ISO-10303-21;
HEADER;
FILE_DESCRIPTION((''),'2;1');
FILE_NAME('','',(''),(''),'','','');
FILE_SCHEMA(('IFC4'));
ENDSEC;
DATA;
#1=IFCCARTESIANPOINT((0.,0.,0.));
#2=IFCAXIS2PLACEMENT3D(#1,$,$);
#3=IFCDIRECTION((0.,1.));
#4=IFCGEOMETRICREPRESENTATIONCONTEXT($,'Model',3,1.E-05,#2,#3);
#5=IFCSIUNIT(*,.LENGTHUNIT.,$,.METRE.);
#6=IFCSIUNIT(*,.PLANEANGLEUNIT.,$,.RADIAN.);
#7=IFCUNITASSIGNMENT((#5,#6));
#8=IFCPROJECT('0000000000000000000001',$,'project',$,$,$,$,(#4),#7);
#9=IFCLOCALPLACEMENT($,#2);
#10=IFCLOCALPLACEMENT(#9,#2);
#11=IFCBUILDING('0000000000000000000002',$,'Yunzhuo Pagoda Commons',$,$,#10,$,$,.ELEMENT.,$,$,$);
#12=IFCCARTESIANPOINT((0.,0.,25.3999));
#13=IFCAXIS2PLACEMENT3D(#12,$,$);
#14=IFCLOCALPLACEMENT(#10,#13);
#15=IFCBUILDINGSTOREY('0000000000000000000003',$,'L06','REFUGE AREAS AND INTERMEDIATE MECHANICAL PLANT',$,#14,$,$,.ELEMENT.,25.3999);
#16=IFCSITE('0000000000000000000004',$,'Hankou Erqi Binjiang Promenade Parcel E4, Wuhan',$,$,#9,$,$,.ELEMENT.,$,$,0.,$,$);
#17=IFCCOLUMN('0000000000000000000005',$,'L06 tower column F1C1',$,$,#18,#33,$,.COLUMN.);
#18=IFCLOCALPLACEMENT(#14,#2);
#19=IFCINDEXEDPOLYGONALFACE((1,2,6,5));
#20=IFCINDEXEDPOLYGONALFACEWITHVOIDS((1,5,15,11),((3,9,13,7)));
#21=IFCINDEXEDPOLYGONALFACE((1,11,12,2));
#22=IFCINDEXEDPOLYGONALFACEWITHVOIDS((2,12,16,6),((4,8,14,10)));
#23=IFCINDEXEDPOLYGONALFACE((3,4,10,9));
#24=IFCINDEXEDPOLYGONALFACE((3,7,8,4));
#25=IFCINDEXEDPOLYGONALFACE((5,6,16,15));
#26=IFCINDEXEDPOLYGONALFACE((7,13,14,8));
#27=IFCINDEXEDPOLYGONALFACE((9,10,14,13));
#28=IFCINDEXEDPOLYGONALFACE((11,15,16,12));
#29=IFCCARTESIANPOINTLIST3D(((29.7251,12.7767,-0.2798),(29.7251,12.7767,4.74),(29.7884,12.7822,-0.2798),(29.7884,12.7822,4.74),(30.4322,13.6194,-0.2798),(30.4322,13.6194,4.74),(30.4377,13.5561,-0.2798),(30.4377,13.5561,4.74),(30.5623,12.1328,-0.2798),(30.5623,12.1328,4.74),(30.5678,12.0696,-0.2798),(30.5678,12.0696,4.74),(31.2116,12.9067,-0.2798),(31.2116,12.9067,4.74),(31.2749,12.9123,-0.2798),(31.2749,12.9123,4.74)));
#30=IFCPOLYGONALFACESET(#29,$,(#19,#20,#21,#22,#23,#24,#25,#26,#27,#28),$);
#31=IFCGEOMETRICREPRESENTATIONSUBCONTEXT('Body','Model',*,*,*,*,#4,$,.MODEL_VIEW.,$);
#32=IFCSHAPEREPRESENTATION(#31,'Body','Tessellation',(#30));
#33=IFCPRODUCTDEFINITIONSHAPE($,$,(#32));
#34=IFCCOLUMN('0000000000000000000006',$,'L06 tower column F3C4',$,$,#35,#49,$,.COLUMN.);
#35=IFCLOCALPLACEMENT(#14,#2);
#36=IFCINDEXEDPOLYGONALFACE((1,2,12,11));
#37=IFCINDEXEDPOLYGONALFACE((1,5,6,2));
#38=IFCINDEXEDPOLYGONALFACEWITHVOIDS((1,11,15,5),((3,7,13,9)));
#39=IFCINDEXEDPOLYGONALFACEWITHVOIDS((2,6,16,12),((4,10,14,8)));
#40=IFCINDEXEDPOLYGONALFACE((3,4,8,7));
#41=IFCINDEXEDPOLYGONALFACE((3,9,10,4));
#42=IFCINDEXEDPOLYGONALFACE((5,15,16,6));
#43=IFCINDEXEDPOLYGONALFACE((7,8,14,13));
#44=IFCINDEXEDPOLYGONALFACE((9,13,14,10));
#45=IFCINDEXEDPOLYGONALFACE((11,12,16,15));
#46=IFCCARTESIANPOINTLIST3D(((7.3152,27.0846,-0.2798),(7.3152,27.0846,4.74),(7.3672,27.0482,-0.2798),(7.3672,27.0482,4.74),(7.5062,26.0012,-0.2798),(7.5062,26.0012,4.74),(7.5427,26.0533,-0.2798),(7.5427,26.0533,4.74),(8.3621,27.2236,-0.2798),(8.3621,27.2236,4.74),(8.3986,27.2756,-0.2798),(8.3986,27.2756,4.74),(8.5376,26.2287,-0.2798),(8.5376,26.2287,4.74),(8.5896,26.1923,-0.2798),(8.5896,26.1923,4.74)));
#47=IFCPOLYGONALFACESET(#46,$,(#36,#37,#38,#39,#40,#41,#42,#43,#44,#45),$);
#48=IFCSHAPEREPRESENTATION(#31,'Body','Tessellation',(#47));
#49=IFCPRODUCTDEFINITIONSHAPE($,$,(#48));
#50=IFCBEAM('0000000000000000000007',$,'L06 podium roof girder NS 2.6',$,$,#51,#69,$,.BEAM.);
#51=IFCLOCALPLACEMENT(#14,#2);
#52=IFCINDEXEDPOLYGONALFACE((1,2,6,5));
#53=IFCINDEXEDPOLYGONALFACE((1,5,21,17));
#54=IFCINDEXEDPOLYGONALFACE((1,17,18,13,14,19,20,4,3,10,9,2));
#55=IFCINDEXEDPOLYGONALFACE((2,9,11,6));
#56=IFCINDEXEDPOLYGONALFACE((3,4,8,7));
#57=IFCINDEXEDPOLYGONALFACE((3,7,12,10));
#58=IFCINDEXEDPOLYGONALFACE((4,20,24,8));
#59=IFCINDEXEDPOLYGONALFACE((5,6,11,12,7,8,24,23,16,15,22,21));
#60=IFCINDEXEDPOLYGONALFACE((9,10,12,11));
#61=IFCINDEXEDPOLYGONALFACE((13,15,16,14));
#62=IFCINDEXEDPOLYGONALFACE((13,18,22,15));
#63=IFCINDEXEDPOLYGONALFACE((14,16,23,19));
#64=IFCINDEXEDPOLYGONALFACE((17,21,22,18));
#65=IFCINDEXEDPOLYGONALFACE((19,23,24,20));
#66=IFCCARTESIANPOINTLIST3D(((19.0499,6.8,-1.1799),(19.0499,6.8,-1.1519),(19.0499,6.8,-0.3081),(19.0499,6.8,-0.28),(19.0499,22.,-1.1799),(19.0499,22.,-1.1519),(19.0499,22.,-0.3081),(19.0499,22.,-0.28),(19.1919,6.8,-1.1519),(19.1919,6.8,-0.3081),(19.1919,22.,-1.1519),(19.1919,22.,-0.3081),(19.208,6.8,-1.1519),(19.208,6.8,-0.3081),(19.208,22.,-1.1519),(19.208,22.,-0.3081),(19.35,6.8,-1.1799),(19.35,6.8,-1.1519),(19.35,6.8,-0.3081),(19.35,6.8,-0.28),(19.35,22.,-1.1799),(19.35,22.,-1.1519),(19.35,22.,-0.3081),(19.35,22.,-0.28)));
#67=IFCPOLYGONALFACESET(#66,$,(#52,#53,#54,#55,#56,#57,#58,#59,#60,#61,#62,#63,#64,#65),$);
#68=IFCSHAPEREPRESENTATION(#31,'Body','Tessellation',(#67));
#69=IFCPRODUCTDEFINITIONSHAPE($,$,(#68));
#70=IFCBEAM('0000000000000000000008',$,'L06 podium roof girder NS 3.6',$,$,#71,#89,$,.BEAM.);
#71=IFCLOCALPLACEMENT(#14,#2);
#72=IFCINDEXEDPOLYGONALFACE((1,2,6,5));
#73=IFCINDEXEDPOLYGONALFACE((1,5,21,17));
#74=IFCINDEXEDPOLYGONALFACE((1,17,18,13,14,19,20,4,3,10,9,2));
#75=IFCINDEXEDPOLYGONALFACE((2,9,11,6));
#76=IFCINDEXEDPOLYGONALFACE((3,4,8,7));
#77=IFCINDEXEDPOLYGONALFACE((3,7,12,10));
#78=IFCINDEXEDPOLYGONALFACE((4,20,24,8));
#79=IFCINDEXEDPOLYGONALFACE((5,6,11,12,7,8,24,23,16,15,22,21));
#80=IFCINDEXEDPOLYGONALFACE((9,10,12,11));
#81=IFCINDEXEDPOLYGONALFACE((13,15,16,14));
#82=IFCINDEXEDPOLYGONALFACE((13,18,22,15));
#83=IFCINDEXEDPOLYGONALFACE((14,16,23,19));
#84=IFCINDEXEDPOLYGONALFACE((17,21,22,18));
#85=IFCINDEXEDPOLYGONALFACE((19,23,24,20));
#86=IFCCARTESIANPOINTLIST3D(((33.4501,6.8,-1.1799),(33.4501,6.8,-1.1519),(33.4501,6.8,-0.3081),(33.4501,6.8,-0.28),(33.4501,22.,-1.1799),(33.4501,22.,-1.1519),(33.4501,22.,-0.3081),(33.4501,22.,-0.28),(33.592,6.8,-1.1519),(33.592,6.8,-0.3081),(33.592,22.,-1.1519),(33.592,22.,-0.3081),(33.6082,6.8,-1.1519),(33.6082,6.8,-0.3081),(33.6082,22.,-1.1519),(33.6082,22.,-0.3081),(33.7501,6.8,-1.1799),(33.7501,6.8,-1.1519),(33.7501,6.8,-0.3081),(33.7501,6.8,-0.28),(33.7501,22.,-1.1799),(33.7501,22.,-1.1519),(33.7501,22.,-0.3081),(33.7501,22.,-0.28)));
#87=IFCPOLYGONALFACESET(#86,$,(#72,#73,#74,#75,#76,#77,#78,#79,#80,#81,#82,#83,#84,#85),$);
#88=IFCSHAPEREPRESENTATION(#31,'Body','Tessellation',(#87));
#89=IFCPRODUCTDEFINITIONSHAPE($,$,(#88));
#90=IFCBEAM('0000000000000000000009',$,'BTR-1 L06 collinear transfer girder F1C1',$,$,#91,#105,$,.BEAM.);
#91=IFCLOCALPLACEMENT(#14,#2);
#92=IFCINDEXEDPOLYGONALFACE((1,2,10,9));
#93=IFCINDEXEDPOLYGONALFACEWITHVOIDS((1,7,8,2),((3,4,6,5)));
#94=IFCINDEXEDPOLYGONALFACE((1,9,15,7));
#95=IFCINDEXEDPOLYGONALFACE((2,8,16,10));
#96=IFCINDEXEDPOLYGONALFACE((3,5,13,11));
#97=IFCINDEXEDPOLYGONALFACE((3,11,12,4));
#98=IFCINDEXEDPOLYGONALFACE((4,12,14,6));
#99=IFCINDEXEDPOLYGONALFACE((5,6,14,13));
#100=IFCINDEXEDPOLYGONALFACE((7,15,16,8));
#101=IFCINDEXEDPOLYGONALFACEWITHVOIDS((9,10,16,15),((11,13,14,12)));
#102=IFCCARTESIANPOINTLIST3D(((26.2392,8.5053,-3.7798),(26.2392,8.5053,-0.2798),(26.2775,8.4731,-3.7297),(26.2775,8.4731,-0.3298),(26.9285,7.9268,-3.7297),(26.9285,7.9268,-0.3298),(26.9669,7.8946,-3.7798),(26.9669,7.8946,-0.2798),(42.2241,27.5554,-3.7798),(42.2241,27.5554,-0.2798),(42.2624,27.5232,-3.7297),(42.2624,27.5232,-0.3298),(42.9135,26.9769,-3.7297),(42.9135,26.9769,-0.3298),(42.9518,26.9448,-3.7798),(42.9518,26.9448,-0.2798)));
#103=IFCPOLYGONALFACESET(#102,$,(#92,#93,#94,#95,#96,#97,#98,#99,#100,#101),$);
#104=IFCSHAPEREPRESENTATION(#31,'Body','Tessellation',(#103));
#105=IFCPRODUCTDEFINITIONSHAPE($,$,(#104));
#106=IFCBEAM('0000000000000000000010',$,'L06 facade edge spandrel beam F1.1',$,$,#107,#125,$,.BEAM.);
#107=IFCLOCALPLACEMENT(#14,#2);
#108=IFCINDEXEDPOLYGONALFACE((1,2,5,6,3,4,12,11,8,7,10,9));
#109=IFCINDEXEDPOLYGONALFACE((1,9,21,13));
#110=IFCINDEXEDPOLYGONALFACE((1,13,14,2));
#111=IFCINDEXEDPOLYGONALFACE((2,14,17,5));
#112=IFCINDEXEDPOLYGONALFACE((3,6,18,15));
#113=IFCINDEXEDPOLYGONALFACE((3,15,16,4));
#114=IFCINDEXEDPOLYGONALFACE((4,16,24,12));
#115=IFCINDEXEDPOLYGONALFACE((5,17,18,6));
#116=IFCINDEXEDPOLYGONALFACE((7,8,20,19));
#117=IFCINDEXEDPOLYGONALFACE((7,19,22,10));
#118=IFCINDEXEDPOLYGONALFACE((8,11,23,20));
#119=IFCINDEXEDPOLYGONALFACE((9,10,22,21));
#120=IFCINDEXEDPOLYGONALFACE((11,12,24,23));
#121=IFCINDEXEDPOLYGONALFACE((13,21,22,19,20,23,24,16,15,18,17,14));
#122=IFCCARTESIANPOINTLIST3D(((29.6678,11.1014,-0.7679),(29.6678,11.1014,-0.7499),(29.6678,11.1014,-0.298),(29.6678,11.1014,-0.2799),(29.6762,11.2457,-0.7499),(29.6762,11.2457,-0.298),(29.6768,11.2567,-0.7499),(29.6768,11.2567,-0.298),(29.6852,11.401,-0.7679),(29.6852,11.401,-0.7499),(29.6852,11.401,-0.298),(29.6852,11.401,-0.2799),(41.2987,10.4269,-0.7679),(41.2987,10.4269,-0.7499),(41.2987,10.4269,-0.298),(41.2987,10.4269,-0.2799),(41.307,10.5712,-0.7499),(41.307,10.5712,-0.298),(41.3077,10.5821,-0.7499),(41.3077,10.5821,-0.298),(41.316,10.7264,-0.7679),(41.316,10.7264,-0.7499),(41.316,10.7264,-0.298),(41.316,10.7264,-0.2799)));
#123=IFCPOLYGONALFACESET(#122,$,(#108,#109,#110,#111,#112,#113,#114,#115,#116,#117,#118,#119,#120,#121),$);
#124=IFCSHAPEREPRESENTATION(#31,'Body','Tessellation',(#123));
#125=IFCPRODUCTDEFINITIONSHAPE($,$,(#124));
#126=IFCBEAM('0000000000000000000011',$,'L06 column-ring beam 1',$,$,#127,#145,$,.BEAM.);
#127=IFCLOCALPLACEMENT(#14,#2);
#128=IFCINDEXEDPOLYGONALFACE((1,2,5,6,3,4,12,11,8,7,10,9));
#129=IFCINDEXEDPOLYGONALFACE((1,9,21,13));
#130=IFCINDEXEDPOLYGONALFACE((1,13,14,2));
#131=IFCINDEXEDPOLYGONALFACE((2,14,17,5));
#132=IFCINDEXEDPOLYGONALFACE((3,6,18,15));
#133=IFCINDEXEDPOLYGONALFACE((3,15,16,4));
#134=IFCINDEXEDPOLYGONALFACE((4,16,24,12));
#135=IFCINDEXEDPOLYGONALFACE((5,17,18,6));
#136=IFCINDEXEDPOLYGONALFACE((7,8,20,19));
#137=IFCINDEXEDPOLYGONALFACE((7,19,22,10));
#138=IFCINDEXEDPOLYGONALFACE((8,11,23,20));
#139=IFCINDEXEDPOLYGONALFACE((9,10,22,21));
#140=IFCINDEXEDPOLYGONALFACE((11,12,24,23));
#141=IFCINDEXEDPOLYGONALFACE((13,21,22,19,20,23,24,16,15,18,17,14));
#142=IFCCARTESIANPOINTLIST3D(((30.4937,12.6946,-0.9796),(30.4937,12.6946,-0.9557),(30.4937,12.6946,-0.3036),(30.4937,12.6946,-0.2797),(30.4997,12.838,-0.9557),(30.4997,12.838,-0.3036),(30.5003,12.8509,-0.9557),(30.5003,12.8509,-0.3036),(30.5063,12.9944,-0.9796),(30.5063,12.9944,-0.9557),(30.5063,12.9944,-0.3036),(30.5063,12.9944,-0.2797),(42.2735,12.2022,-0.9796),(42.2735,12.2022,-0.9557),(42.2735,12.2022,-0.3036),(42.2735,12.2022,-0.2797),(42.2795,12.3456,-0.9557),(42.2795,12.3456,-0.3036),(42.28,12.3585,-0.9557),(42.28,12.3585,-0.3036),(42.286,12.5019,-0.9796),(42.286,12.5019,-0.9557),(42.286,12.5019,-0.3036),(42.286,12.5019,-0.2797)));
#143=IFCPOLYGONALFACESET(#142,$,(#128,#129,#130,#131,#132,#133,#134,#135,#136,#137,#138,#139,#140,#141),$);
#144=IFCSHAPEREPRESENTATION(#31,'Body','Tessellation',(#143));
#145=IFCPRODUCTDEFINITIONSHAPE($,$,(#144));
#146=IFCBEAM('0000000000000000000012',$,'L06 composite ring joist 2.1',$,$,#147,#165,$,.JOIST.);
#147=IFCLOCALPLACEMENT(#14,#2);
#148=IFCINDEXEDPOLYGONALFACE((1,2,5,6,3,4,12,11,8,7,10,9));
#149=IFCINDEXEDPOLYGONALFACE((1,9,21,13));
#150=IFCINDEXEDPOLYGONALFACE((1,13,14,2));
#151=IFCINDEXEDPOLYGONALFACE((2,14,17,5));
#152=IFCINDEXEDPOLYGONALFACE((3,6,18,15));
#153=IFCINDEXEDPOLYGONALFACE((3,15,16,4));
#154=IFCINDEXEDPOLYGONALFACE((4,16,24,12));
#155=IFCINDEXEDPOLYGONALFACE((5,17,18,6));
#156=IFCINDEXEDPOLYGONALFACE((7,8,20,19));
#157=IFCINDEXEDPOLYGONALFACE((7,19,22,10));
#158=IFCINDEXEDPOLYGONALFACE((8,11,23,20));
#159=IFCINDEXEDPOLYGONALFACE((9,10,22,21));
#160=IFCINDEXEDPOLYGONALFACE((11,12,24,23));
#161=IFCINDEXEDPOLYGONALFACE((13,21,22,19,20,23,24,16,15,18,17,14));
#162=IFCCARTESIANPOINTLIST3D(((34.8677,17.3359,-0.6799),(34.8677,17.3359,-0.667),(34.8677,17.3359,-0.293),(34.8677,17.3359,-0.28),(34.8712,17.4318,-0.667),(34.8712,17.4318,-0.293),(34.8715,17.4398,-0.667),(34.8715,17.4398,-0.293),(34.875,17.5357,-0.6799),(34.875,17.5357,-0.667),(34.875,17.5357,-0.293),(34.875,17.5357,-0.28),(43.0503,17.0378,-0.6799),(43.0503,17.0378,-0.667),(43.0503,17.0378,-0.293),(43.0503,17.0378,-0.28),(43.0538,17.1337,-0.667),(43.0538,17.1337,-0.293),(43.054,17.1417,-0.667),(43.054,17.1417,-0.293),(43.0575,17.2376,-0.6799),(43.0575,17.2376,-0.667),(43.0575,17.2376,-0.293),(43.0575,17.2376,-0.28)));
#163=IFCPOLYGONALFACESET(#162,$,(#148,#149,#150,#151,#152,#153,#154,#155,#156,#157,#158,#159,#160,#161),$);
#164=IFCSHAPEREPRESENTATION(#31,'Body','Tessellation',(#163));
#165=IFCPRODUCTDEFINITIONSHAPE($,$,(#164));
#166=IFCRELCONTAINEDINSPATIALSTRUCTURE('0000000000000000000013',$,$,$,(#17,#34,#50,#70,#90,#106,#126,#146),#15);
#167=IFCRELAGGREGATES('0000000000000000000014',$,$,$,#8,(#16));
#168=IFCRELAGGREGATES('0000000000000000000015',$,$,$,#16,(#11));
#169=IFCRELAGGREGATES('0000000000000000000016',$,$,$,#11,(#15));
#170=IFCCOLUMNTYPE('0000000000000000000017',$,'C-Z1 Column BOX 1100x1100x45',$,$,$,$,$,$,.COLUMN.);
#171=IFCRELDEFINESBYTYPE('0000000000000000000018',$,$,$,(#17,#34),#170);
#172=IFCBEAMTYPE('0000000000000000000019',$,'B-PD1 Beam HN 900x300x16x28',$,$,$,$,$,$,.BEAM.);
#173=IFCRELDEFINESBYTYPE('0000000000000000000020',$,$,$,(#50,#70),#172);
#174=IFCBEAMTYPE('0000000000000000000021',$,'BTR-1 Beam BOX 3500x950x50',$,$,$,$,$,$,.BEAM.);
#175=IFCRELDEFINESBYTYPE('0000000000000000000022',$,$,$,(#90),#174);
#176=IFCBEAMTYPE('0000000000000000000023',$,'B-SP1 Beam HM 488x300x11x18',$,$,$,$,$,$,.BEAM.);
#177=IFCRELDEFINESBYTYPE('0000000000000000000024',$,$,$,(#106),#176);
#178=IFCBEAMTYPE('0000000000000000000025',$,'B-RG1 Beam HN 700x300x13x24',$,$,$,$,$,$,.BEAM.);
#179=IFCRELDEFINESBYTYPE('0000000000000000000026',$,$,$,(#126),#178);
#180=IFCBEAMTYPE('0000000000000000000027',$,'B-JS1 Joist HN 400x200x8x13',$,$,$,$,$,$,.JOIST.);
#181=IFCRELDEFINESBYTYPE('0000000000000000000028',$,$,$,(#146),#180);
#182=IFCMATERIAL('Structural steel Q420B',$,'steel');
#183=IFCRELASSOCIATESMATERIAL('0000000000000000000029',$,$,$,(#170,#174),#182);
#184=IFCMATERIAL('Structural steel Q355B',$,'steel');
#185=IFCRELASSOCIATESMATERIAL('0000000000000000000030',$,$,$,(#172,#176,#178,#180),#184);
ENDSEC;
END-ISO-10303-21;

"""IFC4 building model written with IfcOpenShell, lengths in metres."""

from ifc_helpers import new_model, si_unit, direction, frame, origin, origin_2d, place, context, subcontext, project, spatial, hollow_rectangle, i_section, extrude, source, transform, mapped, material, material_profile, profile_set, type_object, element, save


model = new_model("IFC4")

# Units and contexts
model_context = context("Model", 3, precision=1e-05, world=origin(), true_north=direction((0.0, 1.0)))
body_context = subcontext(model_context, "Body", "Model", "MODEL_VIEW")
ifc_project = project(units=[si_unit("LENGTHUNIT", "METRE"), si_unit("PLANEANGLEUNIT", "RADIAN")], contexts=[model_context])

# Site, building, storey
site_placement = place(None, origin())
site = spatial("IfcSite", under=ifc_project, at=site_placement, Name="Hankou Erqi Binjiang Promenade Parcel E4, Wuhan", CompositionType="ELEMENT", RefElevation=0.0)
building_placement = place(site_placement, origin())
building = spatial("IfcBuilding", under=site, at=building_placement, Name="Yunzhuo Pagoda Commons", CompositionType="ELEMENT")
storey_placement = place(building_placement, frame((0.0, 0.0, 25.3999)))
storey = spatial("IfcBuildingStorey", under=building, at=storey_placement, Name="L06", Description="REFUGE AREAS AND INTERMEDIATE MECHANICAL PLANT", CompositionType="ELEMENT", Elevation=25.3999)

# Columns
ifc_material_1 = material(Name="Structural steel Q420B", Category="steel")
ifc_material_profile_1 = material_profile(ifc_material_1, hollow_rectangle(XDim=1.1001, YDim=1.1001, WallThickness=0.0449, at=origin_2d()), Name="Structural steel Q420B")
ifc_profile_set_1 = profile_set([ifc_material_profile_1], Name="Structural steel Q420B")
column_type = type_object("IfcColumnType", Name="C-Z1 Column BOX 1100x1100x45", PredefinedType="COLUMN", material=ifc_profile_set_1)
shared_shape_1 = source(origin(), body_context, "Body", "SweptSolid", [
    extrude(hollow_rectangle(XDim=1.1001, YDim=1.1001, WallThickness=0.0449, at=origin_2d()), origin(), (0.0, 0.0, 1.0), 5.0198),
])
for number, where, z_axis, x_axis, name in (
    (1, (30.5, 12.8445, -0.2798), (0.0, 0.0, 1.0), (0.766044, -0.642788, 0.0), "L06 tower column F1C1"),
    (2, (7.9524, 26.6384, -0.2798), (0.0, 0.0, 1.0), (0.173648, -0.984808, 0.0), "L06 tower column F3C4"),
):
    element("IfcColumn", number, at=place(storey_placement, frame(where, z_axis=z_axis, x_axis=x_axis)), inside=storey, type_object=column_type, Name=name, PredefinedType="COLUMN", context=body_context, shape_type="MappedRepresentation", body=[
        mapped(shared_shape_1, transform((0.0, 0.0, 0.0), scale=1.0)),
    ])

# Beams
ifc_material_2 = material(Name="Structural steel Q355B", Category="steel")
ifc_material_profile_2 = material_profile(ifc_material_2, i_section(OverallWidth=0.3, OverallDepth=0.8999, WebThickness=0.0161, FlangeThickness=0.0281, at=origin_2d()), Name="Structural steel Q355B")
ifc_profile_set_2 = profile_set([ifc_material_profile_2], Name="Structural steel Q355B")
beam_type_1 = type_object("IfcBeamType", Name="B-PD1 Beam HN 900x300x16x28", PredefinedType="BEAM", material=ifc_profile_set_2)
shared_shape_2 = source(origin(), body_context, "Body", "SweptSolid", [
    extrude(i_section(OverallWidth=0.3, OverallDepth=0.8999, WebThickness=0.0161, FlangeThickness=0.0281, at=origin_2d()), origin(), (0.0, 0.0, 1.0), 15.2),
])
for number, where, z_axis, x_axis, name in (
    (3, (19.2, 6.8, -0.73), (0.0, 1.0, 0.0), (-1.0, 0.0, 0.0), "L06 podium roof girder NS 2.6"),
    (4, (33.6001, 6.8, -0.73), (0.0, 1.0, 0.0), (-1.0, 0.0, 0.0), "L06 podium roof girder NS 3.6"),
):
    element("IfcBeam", number, at=place(storey_placement, frame(where, z_axis=z_axis, x_axis=x_axis)), inside=storey, type_object=beam_type_1, Name=name, PredefinedType="BEAM", context=body_context, shape_type="MappedRepresentation", body=[
        mapped(shared_shape_2, transform((0.0, 0.0, 0.0), scale=1.0)),
    ])
ifc_material_profile_3 = material_profile(ifc_material_1, hollow_rectangle(XDim=0.95, YDim=3.5, WallThickness=0.05, at=origin_2d()), Name="Structural steel Q420B")
ifc_profile_set_3 = profile_set([ifc_material_profile_3], Name="Structural steel Q420B")
beam_type_2 = type_object("IfcBeamType", Name="BTR-1 Beam BOX 3500x950x50", PredefinedType="BEAM", material=ifc_profile_set_3)
shared_shape_3 = source(origin(), body_context, "Body", "SweptSolid", [
    extrude(hollow_rectangle(XDim=0.95, YDim=3.5, WallThickness=0.05, at=origin_2d()), origin(), (0.0, 0.0, 1.0), 24.8682),
])
beam_1_placement = place(storey_placement, frame((26.603, 8.2, -2.0298), z_axis=(0.642787, 0.766045, 0.0), x_axis=(-0.766045, 0.642787, 0.0)))
element("IfcBeam", 5, at=beam_1_placement, inside=storey, type_object=beam_type_2, Name="BTR-1 L06 collinear transfer girder F1C1", PredefinedType="BEAM", context=body_context, shape_type="MappedRepresentation", body=[
    mapped(shared_shape_3, transform((0.0, 0.0, 0.0), scale=1.0)),
])
ifc_material_profile_4 = material_profile(ifc_material_2, i_section(OverallWidth=0.3, OverallDepth=0.488, WebThickness=0.011, FlangeThickness=0.0181, at=origin_2d()), Name="Structural steel Q355B")
ifc_profile_set_4 = profile_set([ifc_material_profile_4], Name="Structural steel Q355B")
beam_type_3 = type_object("IfcBeamType", Name="B-SP1 Beam HM 488x300x11x18", PredefinedType="BEAM", material=ifc_profile_set_4)
shared_shape_4 = source(origin(), body_context, "Body", "SweptSolid", [
    extrude(i_section(OverallWidth=0.3, OverallDepth=0.488, WebThickness=0.011, FlangeThickness=0.0181, at=origin_2d()), origin(), (0.0, 0.0, 1.0), 11.6504),
])
beam_2_placement = place(storey_placement, frame((29.6765, 11.2512, -0.5239), z_axis=(0.998322, -0.0579, 0.0), x_axis=(0.0579, 0.998322, 0.0)))
element("IfcBeam", 6, at=beam_2_placement, inside=storey, type_object=beam_type_3, Name="L06 facade edge spandrel beam F1.1", PredefinedType="BEAM", context=body_context, shape_type="MappedRepresentation", body=[
    mapped(shared_shape_4, transform((0.0, 0.0, 0.0), scale=1.0)),
])
ifc_material_profile_5 = material_profile(ifc_material_2, i_section(OverallWidth=0.3, OverallDepth=0.7, WebThickness=0.0129, FlangeThickness=0.0239, at=origin_2d()), Name="Structural steel Q355B")
ifc_profile_set_5 = profile_set([ifc_material_profile_5], Name="Structural steel Q355B")
beam_type_4 = type_object("IfcBeamType", Name="B-RG1 Beam HN 700x300x13x24", PredefinedType="BEAM", material=ifc_profile_set_5)
shared_shape_5 = source(origin(), body_context, "Body", "SweptSolid", [
    extrude(i_section(OverallWidth=0.3, OverallDepth=0.7, WebThickness=0.0129, FlangeThickness=0.0239, at=origin_2d()), origin(), (0.0, 0.0, 1.0), 11.79),
])
beam_3_placement = place(storey_placement, frame((30.5, 12.8445, -0.6296), z_axis=(0.999127, -0.041767, 0.0), x_axis=(0.041767, 0.999127, 0.0)))
element("IfcBeam", 7, at=beam_3_placement, inside=storey, type_object=beam_type_4, Name="L06 column-ring beam 1", PredefinedType="BEAM", context=body_context, shape_type="MappedRepresentation", body=[
    mapped(shared_shape_5, transform((0.0, 0.0, 0.0), scale=1.0)),
])
ifc_material_profile_6 = material_profile(ifc_material_2, i_section(OverallWidth=0.2, OverallDepth=0.3999, WebThickness=0.0081, FlangeThickness=0.0129, at=origin_2d()), Name="Structural steel Q355B")
ifc_profile_set_6 = profile_set([ifc_material_profile_6], Name="Structural steel Q355B")
beam_type_5 = type_object("IfcBeamType", Name="B-JS1 Joist HN 400x200x8x13", PredefinedType="JOIST", material=ifc_profile_set_6)
shared_shape_6 = source(origin(), body_context, "Body", "SweptSolid", [
    extrude(i_section(OverallWidth=0.2, OverallDepth=0.3999, WebThickness=0.0081, FlangeThickness=0.0129, at=origin_2d()), origin(), (0.0, 0.0, 1.0), 8.188),
])
beam_4_placement = place(storey_placement, frame((34.8713, 17.4358, -0.48), z_axis=(0.999337, -0.036406, 0.0), x_axis=(0.036406, 0.999337, 0.0)))
element("IfcBeam", 8, at=beam_4_placement, inside=storey, type_object=beam_type_5, Name="L06 composite ring joist 2.1", PredefinedType="JOIST", context=body_context, shape_type="MappedRepresentation", body=[
    mapped(shared_shape_6, transform((0.0, 0.0, 0.0), scale=1.0)),
])

save(model, "model.ifc")
